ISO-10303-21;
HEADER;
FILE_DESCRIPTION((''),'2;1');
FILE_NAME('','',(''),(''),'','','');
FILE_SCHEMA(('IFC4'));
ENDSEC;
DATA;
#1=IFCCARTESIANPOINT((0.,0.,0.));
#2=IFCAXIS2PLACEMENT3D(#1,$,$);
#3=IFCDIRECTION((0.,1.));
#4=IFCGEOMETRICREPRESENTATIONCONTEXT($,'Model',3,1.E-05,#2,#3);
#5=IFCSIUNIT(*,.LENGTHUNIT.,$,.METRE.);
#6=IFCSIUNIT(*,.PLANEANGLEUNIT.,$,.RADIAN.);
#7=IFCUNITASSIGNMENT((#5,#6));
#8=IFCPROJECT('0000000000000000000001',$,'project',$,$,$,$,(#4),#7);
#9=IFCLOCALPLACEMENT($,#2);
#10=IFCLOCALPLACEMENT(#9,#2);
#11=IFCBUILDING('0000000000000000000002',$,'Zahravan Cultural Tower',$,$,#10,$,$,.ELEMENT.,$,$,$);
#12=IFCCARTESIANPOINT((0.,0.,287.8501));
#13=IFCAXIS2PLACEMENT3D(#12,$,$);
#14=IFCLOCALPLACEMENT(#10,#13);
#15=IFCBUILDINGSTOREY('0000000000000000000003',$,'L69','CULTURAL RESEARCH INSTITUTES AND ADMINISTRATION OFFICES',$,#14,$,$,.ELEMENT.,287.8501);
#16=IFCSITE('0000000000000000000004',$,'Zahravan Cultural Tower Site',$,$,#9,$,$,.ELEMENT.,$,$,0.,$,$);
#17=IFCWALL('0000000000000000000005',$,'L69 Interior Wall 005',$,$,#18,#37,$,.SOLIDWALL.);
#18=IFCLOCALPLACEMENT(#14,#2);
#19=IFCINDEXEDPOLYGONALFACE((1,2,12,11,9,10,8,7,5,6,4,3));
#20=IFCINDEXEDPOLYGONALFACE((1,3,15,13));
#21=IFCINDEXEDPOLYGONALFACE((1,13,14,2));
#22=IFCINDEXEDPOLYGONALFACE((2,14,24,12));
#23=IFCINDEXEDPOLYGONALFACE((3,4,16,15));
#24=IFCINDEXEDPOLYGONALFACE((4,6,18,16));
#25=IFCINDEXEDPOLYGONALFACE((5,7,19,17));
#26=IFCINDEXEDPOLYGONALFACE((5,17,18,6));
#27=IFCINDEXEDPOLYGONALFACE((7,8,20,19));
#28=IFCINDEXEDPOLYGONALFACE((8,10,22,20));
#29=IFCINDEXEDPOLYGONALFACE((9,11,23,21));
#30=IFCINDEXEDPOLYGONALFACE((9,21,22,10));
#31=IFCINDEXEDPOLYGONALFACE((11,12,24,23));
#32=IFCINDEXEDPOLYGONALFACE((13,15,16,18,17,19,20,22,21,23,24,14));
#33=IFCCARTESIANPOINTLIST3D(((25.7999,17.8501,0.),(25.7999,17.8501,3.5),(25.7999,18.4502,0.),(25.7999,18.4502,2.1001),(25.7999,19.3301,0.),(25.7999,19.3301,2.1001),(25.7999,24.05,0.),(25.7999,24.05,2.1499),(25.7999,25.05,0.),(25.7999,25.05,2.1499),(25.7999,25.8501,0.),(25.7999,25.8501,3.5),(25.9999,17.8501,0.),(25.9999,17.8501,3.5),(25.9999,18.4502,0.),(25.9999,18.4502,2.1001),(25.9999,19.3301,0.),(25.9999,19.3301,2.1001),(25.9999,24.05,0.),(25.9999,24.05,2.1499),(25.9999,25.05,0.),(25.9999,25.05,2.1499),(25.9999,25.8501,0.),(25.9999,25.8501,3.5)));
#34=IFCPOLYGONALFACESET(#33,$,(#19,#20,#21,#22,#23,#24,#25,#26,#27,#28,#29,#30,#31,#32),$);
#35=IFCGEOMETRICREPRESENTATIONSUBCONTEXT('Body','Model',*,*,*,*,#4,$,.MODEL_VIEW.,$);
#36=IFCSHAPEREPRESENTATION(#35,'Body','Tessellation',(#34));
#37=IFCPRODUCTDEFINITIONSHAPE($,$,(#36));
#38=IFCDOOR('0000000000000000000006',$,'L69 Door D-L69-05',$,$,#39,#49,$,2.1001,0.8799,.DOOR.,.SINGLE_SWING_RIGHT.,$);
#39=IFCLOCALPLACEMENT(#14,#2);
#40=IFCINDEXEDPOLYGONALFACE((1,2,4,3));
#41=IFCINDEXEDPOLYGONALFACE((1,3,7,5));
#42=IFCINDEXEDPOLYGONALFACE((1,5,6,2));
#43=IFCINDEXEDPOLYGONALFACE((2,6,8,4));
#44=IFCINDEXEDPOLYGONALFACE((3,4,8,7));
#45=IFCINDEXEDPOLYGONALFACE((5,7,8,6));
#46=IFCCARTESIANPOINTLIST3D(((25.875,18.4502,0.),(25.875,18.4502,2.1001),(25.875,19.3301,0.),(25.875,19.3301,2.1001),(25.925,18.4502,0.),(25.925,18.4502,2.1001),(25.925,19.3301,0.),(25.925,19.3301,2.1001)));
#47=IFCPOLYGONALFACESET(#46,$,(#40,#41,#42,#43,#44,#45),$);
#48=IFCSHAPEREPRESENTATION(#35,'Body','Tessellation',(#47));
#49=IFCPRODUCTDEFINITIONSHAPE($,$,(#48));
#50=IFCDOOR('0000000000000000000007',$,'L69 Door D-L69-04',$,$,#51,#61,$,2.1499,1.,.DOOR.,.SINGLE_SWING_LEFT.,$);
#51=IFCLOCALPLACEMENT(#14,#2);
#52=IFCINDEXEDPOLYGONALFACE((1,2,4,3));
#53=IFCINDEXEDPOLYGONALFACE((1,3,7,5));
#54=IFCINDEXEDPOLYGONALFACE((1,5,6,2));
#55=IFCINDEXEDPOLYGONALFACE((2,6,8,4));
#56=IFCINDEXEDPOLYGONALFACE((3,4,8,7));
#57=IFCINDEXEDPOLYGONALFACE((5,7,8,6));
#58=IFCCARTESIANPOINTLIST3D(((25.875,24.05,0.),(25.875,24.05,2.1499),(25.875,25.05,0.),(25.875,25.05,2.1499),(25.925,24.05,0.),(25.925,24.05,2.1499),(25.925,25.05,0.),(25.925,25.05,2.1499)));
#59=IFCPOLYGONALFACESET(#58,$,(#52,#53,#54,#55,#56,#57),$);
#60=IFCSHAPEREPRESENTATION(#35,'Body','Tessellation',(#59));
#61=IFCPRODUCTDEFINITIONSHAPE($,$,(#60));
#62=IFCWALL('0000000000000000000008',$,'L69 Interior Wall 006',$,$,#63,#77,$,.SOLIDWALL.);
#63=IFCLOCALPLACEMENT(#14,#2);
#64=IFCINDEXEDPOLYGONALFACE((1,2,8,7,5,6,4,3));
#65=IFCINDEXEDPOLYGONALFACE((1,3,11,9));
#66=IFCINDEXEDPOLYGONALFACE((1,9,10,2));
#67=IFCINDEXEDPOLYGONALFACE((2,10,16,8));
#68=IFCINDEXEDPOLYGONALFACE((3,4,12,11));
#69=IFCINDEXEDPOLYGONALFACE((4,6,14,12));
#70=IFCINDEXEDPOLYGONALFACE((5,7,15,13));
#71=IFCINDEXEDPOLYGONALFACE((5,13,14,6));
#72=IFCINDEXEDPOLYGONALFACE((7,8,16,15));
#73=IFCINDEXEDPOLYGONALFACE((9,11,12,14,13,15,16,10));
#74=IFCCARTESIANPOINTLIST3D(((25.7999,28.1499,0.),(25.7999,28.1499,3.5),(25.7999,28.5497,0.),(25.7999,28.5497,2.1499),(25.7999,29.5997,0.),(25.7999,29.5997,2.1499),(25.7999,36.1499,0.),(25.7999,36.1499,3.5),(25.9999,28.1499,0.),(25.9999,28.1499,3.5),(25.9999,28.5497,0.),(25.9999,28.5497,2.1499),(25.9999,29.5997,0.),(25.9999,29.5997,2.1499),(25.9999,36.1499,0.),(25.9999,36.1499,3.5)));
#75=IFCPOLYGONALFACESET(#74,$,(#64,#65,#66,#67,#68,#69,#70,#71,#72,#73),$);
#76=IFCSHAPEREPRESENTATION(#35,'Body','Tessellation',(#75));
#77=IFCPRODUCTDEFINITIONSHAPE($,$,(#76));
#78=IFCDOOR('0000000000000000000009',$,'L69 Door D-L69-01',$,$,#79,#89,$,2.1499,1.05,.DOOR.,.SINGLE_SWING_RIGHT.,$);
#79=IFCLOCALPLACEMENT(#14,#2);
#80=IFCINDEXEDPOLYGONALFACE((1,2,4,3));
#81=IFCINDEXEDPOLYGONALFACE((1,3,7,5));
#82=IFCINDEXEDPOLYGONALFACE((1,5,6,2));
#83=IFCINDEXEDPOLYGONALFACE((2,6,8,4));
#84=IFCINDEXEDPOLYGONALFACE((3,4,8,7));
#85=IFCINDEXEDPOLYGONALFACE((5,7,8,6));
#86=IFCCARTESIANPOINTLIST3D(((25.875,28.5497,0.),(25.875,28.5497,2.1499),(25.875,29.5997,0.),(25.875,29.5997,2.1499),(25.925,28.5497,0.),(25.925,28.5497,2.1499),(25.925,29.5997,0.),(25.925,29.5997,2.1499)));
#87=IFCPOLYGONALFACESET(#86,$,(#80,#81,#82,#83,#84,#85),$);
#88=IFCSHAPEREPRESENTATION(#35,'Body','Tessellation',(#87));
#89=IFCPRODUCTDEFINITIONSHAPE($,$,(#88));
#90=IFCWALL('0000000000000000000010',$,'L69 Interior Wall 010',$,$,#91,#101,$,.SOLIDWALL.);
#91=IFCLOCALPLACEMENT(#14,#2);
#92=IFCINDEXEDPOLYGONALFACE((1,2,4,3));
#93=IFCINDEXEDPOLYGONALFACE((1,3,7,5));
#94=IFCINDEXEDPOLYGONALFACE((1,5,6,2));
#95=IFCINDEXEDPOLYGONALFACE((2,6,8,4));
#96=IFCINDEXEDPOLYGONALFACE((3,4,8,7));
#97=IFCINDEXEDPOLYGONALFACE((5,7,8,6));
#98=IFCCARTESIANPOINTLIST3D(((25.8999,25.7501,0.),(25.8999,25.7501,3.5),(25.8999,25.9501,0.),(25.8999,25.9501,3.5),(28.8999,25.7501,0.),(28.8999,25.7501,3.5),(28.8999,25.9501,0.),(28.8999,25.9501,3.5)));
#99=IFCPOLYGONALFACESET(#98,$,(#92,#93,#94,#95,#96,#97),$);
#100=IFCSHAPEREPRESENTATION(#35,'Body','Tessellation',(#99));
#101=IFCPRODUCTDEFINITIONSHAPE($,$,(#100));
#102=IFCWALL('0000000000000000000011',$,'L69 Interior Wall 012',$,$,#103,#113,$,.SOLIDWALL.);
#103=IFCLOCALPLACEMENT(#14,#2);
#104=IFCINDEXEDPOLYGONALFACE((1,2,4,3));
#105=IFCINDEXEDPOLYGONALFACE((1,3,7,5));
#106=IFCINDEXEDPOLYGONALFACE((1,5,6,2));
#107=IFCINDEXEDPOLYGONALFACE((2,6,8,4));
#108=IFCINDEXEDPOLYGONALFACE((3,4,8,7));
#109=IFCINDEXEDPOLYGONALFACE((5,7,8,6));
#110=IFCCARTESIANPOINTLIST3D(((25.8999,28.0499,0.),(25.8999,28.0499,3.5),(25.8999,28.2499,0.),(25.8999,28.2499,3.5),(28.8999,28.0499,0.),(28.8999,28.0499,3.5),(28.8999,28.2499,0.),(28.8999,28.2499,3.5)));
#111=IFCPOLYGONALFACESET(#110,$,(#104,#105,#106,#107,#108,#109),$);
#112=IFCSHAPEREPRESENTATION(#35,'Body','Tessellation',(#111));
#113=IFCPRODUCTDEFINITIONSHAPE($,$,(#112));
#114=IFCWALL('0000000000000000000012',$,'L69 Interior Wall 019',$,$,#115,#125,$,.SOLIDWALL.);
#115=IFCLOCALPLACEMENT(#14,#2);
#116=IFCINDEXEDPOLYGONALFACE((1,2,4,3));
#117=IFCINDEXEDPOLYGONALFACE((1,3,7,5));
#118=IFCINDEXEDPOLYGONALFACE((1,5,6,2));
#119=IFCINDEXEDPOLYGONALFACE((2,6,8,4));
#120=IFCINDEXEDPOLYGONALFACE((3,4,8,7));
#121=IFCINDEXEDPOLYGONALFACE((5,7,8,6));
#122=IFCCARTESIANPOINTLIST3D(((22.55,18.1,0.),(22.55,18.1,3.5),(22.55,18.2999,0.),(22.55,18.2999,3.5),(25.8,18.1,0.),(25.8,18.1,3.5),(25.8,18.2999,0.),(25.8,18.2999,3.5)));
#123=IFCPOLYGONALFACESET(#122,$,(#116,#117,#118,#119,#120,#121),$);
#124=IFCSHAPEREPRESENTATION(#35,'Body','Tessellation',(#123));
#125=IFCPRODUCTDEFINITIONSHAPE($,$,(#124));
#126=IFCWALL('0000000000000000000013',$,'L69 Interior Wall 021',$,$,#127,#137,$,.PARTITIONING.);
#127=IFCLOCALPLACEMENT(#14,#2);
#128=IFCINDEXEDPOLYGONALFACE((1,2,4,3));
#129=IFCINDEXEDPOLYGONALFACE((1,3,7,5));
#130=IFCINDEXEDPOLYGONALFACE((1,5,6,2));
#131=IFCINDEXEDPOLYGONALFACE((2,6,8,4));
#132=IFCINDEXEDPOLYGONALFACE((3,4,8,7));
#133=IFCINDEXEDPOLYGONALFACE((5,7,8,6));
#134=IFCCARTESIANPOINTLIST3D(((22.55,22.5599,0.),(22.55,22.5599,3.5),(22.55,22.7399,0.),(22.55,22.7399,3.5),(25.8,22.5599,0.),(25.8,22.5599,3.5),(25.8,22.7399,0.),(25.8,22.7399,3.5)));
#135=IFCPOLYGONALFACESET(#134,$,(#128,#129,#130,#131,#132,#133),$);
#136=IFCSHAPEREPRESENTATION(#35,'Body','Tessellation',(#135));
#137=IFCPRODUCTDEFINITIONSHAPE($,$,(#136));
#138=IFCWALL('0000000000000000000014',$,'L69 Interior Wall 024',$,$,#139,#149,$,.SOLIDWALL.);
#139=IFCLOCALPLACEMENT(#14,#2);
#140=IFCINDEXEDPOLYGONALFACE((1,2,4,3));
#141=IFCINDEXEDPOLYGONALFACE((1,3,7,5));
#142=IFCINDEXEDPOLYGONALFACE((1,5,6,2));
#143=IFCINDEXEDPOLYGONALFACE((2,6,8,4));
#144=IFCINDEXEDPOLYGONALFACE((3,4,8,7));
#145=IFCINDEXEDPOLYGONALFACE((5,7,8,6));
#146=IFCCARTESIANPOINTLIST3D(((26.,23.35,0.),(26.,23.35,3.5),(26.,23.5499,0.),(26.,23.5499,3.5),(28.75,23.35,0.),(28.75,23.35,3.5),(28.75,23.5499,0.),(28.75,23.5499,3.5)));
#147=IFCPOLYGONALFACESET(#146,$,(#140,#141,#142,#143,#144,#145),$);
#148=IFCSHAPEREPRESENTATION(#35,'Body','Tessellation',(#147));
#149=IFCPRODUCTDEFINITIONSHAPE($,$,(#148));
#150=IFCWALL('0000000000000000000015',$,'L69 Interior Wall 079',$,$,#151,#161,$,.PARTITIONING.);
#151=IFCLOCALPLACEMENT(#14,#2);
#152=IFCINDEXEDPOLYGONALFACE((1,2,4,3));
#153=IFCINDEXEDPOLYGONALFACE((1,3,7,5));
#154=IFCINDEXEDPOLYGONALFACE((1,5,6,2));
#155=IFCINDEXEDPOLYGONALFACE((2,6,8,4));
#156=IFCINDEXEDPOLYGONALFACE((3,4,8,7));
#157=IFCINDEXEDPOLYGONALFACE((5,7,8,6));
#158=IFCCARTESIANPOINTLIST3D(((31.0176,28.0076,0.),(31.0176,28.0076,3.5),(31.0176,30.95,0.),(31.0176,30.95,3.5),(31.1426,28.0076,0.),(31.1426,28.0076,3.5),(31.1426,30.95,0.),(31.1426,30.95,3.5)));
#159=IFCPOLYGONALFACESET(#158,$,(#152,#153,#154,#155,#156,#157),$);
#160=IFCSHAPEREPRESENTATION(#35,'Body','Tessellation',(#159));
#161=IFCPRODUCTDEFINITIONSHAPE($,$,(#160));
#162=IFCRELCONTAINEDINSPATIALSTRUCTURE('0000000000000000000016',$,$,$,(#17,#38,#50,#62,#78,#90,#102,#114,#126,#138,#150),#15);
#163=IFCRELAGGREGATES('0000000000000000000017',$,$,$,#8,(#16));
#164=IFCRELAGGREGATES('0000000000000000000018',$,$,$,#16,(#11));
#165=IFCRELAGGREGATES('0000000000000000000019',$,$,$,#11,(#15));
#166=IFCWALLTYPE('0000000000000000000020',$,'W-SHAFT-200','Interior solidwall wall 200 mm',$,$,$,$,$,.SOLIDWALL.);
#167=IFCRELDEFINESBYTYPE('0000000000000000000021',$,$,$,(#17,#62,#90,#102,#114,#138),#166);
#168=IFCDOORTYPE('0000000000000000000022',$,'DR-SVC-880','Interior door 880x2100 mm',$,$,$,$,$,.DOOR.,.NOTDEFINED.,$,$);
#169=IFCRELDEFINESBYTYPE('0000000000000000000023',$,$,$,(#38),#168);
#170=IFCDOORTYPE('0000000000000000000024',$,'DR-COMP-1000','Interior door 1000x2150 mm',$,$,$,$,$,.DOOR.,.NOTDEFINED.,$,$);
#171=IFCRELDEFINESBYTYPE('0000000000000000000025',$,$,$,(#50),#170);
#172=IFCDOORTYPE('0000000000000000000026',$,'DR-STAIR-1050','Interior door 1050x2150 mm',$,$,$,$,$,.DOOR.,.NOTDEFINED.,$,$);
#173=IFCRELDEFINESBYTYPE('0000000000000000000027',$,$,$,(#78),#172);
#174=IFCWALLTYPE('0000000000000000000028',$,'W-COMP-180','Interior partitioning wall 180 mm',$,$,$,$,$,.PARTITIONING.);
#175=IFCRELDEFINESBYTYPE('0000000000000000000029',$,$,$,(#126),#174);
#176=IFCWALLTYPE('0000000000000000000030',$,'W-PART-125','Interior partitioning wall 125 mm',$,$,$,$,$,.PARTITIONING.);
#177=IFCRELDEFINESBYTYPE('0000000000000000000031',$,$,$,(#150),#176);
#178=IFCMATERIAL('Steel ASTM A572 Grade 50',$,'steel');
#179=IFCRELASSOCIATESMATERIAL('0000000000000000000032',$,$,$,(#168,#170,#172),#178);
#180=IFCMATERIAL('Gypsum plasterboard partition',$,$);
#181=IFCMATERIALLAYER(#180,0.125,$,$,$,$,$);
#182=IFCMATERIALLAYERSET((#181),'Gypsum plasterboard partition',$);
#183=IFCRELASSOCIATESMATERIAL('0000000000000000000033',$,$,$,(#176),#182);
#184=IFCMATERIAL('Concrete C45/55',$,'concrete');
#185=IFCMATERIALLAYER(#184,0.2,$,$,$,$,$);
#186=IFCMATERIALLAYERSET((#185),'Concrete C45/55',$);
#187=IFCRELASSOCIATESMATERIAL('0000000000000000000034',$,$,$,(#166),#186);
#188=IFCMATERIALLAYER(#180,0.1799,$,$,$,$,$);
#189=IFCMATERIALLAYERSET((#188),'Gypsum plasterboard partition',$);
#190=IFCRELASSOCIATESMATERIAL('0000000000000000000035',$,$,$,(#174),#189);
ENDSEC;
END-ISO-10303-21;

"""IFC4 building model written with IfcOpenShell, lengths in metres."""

from ifc_helpers import new_model, si_unit, direction, frame, frame_2d, origin, place, context, subcontext, project, spatial, rectangle, extrude, source, transform, mapped, material, layer, layer_set, type_object, element, fill, save


model = new_model("IFC4")

# Units and contexts
model_context = context("Model", 3, precision=1e-05, world=origin(), true_north=direction((0.0, 1.0)))
body_context = subcontext(model_context, "Body", "Model", "MODEL_VIEW")
ifc_project = project(units=[si_unit("LENGTHUNIT", "METRE"), si_unit("PLANEANGLEUNIT", "RADIAN")], contexts=[model_context])

# Site, building, storey
site_placement = place(None, origin())
site = spatial("IfcSite", under=ifc_project, at=site_placement, Name="Zahravan Cultural Tower Site", CompositionType="ELEMENT", RefElevation=0.0)
building_placement = place(site_placement, origin())
building = spatial("IfcBuilding", under=site, at=building_placement, Name="Zahravan Cultural Tower", CompositionType="ELEMENT")
storey_placement = place(building_placement, frame((0.0, 0.0, 287.8501)))
storey = spatial("IfcBuildingStorey", under=building, at=storey_placement, Name="L69", Description="CULTURAL RESEARCH INSTITUTES AND ADMINISTRATION OFFICES", CompositionType="ELEMENT", Elevation=287.8501)

# Shared definitions
ifc_material_1 = material(Name="Steel ASTM A572 Grade 50", Category="steel")
door_type_1 = type_object("IfcDoorType", Name="DR-SVC-880", Description="Interior door 880x2100 mm", OperationType="NOTDEFINED", PredefinedType="DOOR", material=ifc_material_1)
shared_shape_1 = source(origin(), body_context, "Body", "SweptSolid", [
    extrude(rectangle(XDim=0.8799, YDim=2.1001, at=frame_2d((0.4399, 1.05))), frame((0.0, 0.0249, 0.0), z_axis=(0.0, -1.0, 0.0), x_axis=(1.0, 0.0, 0.0)), (0.0, 0.0, 1.0), 0.05),
])

# Shared definitions
ifc_material_2 = material(Name="Gypsum plasterboard partition")
ifc_layer_1 = layer(ifc_material_2, 0.125)
ifc_layer_set_1 = layer_set([ifc_layer_1], Name="Gypsum plasterboard partition")
wall_type_1 = type_object("IfcWallType", Name="W-PART-125", Description="Interior partitioning wall 125 mm", PredefinedType="PARTITIONING", material=ifc_layer_set_1)

# Wall, openings, doors
ifc_material_3 = material(Name="Concrete C45/55", Category="concrete")
ifc_layer_2 = layer(ifc_material_3, 0.2)
ifc_layer_set_2 = layer_set([ifc_layer_2], Name="Concrete C45/55")
wall_type_2 = type_object("IfcWallType", Name="W-SHAFT-200", Description="Interior solidwall wall 200 mm", PredefinedType="SOLIDWALL", material=ifc_layer_set_2)
wall_1_placement = place(storey_placement, frame((25.8999, 17.8501, 0.0), z_axis=(0.0, 0.0, 1.0), x_axis=(0.0, 1.0, 0.0)))
wall_1 = element("IfcWall", 1, at=wall_1_placement, inside=storey, type_object=wall_type_2, Name="L69 Interior Wall 005", PredefinedType="SOLIDWALL", context=body_context, shape_type="SweptSolid", body=[
    extrude(rectangle(XDim=8.0, YDim=0.2, at=frame_2d((4.0, 0.0))), origin(), (0.0, 0.0, 1.0), 3.5),
])
opening_1_placement = place(wall_1_placement, frame((6.2, 0.0, 0.0)))
opening_1 = element("IfcOpeningElement", 2, at=opening_1_placement, cuts=wall_1, PredefinedType="OPENING", context=body_context, shape_type="SweptSolid", body=[
    extrude(rectangle(XDim=1.0, YDim=2.1499, at=frame_2d((0.5, 1.075))), frame((0.0, 0.1099, 0.0), z_axis=(0.0, -1.0, 0.0), x_axis=(1.0, 0.0, 0.0)), (0.0, 0.0, 1.0), 0.22),
])
opening_2_placement = place(wall_1_placement, frame((0.6001, 0.0, 0.0)))
opening_2 = element("IfcOpeningElement", 3, at=opening_2_placement, cuts=wall_1, PredefinedType="OPENING", context=body_context, shape_type="SweptSolid", body=[
    extrude(rectangle(XDim=0.8799, YDim=2.1001, at=frame_2d((0.4399, 1.05))), frame((0.0, 0.1099, 0.0), z_axis=(0.0, -1.0, 0.0), x_axis=(1.0, 0.0, 0.0)), (0.0, 0.0, 1.0), 0.22),
])
door_1_placement = place(opening_2_placement, origin())
door_1 = element("IfcDoor", 4, at=door_1_placement, inside=storey, type_object=door_type_1, Name="L69 Door D-L69-05", OperationType="SINGLE_SWING_RIGHT", OverallHeight=2.1001, OverallWidth=0.8799, PredefinedType="DOOR", context=body_context, shape_type="MappedRepresentation", body=[
    mapped(shared_shape_1, transform((0.0, 0.0, 0.0), x_axis=(1.0, 0.0, 0.0), y_axis=(0.0, 1.0, 0.0), z_axis=(0.0, 0.0, 1.0), scale=1.0)),
])
fill(opening_2, door_1)
door_type_2 = type_object("IfcDoorType", Name="DR-COMP-1000", Description="Interior door 1000x2150 mm", OperationType="NOTDEFINED", PredefinedType="DOOR", material=ifc_material_1)
shared_shape_2 = source(origin(), body_context, "Body", "SweptSolid", [
    extrude(rectangle(XDim=1.0, YDim=2.1499, at=frame_2d((0.5, 1.075))), frame((0.0, 0.0249, 0.0), z_axis=(0.0, -1.0, 0.0), x_axis=(1.0, 0.0, 0.0)), (0.0, 0.0, 1.0), 0.05),
])
door_2_placement = place(opening_1_placement, origin())
door_2 = element("IfcDoor", 5, at=door_2_placement, inside=storey, type_object=door_type_2, Name="L69 Door D-L69-04", OperationType="SINGLE_SWING_LEFT", OverallHeight=2.1499, OverallWidth=1.0, PredefinedType="DOOR", context=body_context, shape_type="MappedRepresentation", body=[
    mapped(shared_shape_2, transform((0.0, 0.0, 0.0), x_axis=(1.0, 0.0, 0.0), y_axis=(0.0, 1.0, 0.0), z_axis=(0.0, 0.0, 1.0), scale=1.0)),
])
fill(opening_1, door_2)

# Wall, opening, door
wall_2_placement = place(storey_placement, frame((25.8999, 28.1499, 0.0), z_axis=(0.0, 0.0, 1.0), x_axis=(0.0, 1.0, 0.0)))
wall_2 = element("IfcWall", 6, at=wall_2_placement, inside=storey, type_object=wall_type_2, Name="L69 Interior Wall 006", PredefinedType="SOLIDWALL", context=body_context, shape_type="SweptSolid", body=[
    extrude(rectangle(XDim=8.0, YDim=0.2, at=frame_2d((4.0, 0.0))), origin(), (0.0, 0.0, 1.0), 3.5),
])
opening_3_placement = place(wall_2_placement, frame((0.3999, 0.0, 0.0)))
opening_3 = element("IfcOpeningElement", 7, at=opening_3_placement, cuts=wall_2, PredefinedType="OPENING", context=body_context, shape_type="SweptSolid", body=[
    extrude(rectangle(XDim=1.05, YDim=2.1499, at=frame_2d((0.5249, 1.075))), frame((0.0, 0.1099, 0.0), z_axis=(0.0, -1.0, 0.0), x_axis=(1.0, 0.0, 0.0)), (0.0, 0.0, 1.0), 0.22),
])
door_type_3 = type_object("IfcDoorType", Name="DR-STAIR-1050", Description="Interior door 1050x2150 mm", OperationType="NOTDEFINED", PredefinedType="DOOR", material=ifc_material_1)
shared_shape_3 = source(origin(), body_context, "Body", "SweptSolid", [
    extrude(rectangle(XDim=1.05, YDim=2.1499, at=frame_2d((0.5249, 1.075))), frame((0.0, 0.0249, 0.0), z_axis=(0.0, -1.0, 0.0), x_axis=(1.0, 0.0, 0.0)), (0.0, 0.0, 1.0), 0.05),
])
door_3_placement = place(opening_3_placement, origin())
door_3 = element("IfcDoor", 8, at=door_3_placement, inside=storey, type_object=door_type_3, Name="L69 Door D-L69-01", OperationType="SINGLE_SWING_RIGHT", OverallHeight=2.1499, OverallWidth=1.05, PredefinedType="DOOR", context=body_context, shape_type="MappedRepresentation", body=[
    mapped(shared_shape_3, transform((0.0, 0.0, 0.0), x_axis=(1.0, 0.0, 0.0), y_axis=(0.0, 1.0, 0.0), z_axis=(0.0, 0.0, 1.0), scale=1.0)),
])
fill(opening_3, door_3)

# Walls
shared_shape_4 = source(origin(), body_context, "Body", "SweptSolid", [
    extrude(rectangle(XDim=3.0, YDim=0.2, at=frame_2d((1.5, 0.0))), origin(), (0.0, 0.0, 1.0), 3.5),
])
for number, where, z_axis, x_axis, name in (
    (9, (25.8999, 25.8501, 0.0), (0.0, 0.0, 1.0), (1.0, 0.0, 0.0), "L69 Interior Wall 010"),
    (10, (25.8999, 28.1499, 0.0), (0.0, 0.0, 1.0), (1.0, 0.0, 0.0), "L69 Interior Wall 012"),
):
    element("IfcWall", number, at=place(storey_placement, frame(where, z_axis=z_axis, x_axis=x_axis)), inside=storey, type_object=wall_type_2, Name=name, PredefinedType="SOLIDWALL", context=body_context, shape_type="MappedRepresentation", body=[
        mapped(shared_shape_4, transform((0.0, 0.0, 0.0), x_axis=(1.0, 0.0, 0.0), y_axis=(0.0, 1.0, 0.0), z_axis=(0.0, 0.0, 1.0), scale=1.0)),
    ])
shared_shape_5 = source(origin(), body_context, "Body", "SweptSolid", [
    extrude(rectangle(XDim=3.25, YDim=0.2, at=frame_2d((1.625, 0.0))), origin(), (0.0, 0.0, 1.0), 3.5),
])
wall_3_placement = place(storey_placement, frame((22.55, 18.2, 0.0), z_axis=(0.0, 0.0, 1.0), x_axis=(1.0, 0.0, 0.0)))
element("IfcWall", 11, at=wall_3_placement, inside=storey, type_object=wall_type_2, Name="L69 Interior Wall 019", PredefinedType="SOLIDWALL", context=body_context, shape_type="MappedRepresentation", body=[
    mapped(shared_shape_5, transform((0.0, 0.0, 0.0), x_axis=(1.0, 0.0, 0.0), y_axis=(0.0, 1.0, 0.0), z_axis=(0.0, 0.0, 1.0), scale=1.0)),
])
ifc_layer_3 = layer(ifc_material_2, 0.1799)
ifc_layer_set_3 = layer_set([ifc_layer_3], Name="Gypsum plasterboard partition")
wall_type_3 = type_object("IfcWallType", Name="W-COMP-180", Description="Interior partitioning wall 180 mm", PredefinedType="PARTITIONING", material=ifc_layer_set_3)
shared_shape_6 = source(origin(), body_context, "Body", "SweptSolid", [
    extrude(rectangle(XDim=3.25, YDim=0.1799, at=frame_2d((1.625, 0.0))), origin(), (0.0, 0.0, 1.0), 3.5),
])
wall_4_placement = place(storey_placement, frame((22.55, 22.6499, 0.0), z_axis=(0.0, 0.0, 1.0), x_axis=(1.0, 0.0, 0.0)))
element("IfcWall", 12, at=wall_4_placement, inside=storey, type_object=wall_type_3, Name="L69 Interior Wall 021", PredefinedType="PARTITIONING", context=body_context, shape_type="MappedRepresentation", body=[
    mapped(shared_shape_6, transform((0.0, 0.0, 0.0), x_axis=(1.0, 0.0, 0.0), y_axis=(0.0, 1.0, 0.0), z_axis=(0.0, 0.0, 1.0), scale=1.0)),
])
shared_shape_7 = source(origin(), body_context, "Body", "SweptSolid", [
    extrude(rectangle(XDim=2.75, YDim=0.2, at=frame_2d((1.375, 0.0))), origin(), (0.0, 0.0, 1.0), 3.5),
])
wall_5_placement = place(storey_placement, frame((26.0, 23.45, 0.0), z_axis=(0.0, 0.0, 1.0), x_axis=(1.0, 0.0, 0.0)))
element("IfcWall", 13, at=wall_5_placement, inside=storey, type_object=wall_type_2, Name="L69 Interior Wall 024", PredefinedType="SOLIDWALL", context=body_context, shape_type="MappedRepresentation", body=[
    mapped(shared_shape_7, transform((0.0, 0.0, 0.0), x_axis=(1.0, 0.0, 0.0), y_axis=(0.0, 1.0, 0.0), z_axis=(0.0, 0.0, 1.0), scale=1.0)),
])
shared_shape_8 = source(origin(), body_context, "Body", "SweptSolid", [
    extrude(rectangle(XDim=2.9424, YDim=0.125, at=frame_2d((1.4712, 0.0))), origin(), (0.0, 0.0, 1.0), 3.5),
])
wall_6_placement = place(storey_placement, frame((31.0801, 28.0076, 0.0), z_axis=(0.0, 0.0, 1.0), x_axis=(0.0, 1.0, 0.0)))
element("IfcWall", 14, at=wall_6_placement, inside=storey, type_object=wall_type_1, Name="L69 Interior Wall 079", PredefinedType="PARTITIONING", context=body_context, shape_type="MappedRepresentation", body=[
    mapped(shared_shape_8, transform((0.0, 0.0, 0.0), x_axis=(1.0, 0.0, 0.0), y_axis=(0.0, 1.0, 0.0), z_axis=(0.0, 0.0, 1.0), scale=1.0)),
])

save(model, "model.ifc")
